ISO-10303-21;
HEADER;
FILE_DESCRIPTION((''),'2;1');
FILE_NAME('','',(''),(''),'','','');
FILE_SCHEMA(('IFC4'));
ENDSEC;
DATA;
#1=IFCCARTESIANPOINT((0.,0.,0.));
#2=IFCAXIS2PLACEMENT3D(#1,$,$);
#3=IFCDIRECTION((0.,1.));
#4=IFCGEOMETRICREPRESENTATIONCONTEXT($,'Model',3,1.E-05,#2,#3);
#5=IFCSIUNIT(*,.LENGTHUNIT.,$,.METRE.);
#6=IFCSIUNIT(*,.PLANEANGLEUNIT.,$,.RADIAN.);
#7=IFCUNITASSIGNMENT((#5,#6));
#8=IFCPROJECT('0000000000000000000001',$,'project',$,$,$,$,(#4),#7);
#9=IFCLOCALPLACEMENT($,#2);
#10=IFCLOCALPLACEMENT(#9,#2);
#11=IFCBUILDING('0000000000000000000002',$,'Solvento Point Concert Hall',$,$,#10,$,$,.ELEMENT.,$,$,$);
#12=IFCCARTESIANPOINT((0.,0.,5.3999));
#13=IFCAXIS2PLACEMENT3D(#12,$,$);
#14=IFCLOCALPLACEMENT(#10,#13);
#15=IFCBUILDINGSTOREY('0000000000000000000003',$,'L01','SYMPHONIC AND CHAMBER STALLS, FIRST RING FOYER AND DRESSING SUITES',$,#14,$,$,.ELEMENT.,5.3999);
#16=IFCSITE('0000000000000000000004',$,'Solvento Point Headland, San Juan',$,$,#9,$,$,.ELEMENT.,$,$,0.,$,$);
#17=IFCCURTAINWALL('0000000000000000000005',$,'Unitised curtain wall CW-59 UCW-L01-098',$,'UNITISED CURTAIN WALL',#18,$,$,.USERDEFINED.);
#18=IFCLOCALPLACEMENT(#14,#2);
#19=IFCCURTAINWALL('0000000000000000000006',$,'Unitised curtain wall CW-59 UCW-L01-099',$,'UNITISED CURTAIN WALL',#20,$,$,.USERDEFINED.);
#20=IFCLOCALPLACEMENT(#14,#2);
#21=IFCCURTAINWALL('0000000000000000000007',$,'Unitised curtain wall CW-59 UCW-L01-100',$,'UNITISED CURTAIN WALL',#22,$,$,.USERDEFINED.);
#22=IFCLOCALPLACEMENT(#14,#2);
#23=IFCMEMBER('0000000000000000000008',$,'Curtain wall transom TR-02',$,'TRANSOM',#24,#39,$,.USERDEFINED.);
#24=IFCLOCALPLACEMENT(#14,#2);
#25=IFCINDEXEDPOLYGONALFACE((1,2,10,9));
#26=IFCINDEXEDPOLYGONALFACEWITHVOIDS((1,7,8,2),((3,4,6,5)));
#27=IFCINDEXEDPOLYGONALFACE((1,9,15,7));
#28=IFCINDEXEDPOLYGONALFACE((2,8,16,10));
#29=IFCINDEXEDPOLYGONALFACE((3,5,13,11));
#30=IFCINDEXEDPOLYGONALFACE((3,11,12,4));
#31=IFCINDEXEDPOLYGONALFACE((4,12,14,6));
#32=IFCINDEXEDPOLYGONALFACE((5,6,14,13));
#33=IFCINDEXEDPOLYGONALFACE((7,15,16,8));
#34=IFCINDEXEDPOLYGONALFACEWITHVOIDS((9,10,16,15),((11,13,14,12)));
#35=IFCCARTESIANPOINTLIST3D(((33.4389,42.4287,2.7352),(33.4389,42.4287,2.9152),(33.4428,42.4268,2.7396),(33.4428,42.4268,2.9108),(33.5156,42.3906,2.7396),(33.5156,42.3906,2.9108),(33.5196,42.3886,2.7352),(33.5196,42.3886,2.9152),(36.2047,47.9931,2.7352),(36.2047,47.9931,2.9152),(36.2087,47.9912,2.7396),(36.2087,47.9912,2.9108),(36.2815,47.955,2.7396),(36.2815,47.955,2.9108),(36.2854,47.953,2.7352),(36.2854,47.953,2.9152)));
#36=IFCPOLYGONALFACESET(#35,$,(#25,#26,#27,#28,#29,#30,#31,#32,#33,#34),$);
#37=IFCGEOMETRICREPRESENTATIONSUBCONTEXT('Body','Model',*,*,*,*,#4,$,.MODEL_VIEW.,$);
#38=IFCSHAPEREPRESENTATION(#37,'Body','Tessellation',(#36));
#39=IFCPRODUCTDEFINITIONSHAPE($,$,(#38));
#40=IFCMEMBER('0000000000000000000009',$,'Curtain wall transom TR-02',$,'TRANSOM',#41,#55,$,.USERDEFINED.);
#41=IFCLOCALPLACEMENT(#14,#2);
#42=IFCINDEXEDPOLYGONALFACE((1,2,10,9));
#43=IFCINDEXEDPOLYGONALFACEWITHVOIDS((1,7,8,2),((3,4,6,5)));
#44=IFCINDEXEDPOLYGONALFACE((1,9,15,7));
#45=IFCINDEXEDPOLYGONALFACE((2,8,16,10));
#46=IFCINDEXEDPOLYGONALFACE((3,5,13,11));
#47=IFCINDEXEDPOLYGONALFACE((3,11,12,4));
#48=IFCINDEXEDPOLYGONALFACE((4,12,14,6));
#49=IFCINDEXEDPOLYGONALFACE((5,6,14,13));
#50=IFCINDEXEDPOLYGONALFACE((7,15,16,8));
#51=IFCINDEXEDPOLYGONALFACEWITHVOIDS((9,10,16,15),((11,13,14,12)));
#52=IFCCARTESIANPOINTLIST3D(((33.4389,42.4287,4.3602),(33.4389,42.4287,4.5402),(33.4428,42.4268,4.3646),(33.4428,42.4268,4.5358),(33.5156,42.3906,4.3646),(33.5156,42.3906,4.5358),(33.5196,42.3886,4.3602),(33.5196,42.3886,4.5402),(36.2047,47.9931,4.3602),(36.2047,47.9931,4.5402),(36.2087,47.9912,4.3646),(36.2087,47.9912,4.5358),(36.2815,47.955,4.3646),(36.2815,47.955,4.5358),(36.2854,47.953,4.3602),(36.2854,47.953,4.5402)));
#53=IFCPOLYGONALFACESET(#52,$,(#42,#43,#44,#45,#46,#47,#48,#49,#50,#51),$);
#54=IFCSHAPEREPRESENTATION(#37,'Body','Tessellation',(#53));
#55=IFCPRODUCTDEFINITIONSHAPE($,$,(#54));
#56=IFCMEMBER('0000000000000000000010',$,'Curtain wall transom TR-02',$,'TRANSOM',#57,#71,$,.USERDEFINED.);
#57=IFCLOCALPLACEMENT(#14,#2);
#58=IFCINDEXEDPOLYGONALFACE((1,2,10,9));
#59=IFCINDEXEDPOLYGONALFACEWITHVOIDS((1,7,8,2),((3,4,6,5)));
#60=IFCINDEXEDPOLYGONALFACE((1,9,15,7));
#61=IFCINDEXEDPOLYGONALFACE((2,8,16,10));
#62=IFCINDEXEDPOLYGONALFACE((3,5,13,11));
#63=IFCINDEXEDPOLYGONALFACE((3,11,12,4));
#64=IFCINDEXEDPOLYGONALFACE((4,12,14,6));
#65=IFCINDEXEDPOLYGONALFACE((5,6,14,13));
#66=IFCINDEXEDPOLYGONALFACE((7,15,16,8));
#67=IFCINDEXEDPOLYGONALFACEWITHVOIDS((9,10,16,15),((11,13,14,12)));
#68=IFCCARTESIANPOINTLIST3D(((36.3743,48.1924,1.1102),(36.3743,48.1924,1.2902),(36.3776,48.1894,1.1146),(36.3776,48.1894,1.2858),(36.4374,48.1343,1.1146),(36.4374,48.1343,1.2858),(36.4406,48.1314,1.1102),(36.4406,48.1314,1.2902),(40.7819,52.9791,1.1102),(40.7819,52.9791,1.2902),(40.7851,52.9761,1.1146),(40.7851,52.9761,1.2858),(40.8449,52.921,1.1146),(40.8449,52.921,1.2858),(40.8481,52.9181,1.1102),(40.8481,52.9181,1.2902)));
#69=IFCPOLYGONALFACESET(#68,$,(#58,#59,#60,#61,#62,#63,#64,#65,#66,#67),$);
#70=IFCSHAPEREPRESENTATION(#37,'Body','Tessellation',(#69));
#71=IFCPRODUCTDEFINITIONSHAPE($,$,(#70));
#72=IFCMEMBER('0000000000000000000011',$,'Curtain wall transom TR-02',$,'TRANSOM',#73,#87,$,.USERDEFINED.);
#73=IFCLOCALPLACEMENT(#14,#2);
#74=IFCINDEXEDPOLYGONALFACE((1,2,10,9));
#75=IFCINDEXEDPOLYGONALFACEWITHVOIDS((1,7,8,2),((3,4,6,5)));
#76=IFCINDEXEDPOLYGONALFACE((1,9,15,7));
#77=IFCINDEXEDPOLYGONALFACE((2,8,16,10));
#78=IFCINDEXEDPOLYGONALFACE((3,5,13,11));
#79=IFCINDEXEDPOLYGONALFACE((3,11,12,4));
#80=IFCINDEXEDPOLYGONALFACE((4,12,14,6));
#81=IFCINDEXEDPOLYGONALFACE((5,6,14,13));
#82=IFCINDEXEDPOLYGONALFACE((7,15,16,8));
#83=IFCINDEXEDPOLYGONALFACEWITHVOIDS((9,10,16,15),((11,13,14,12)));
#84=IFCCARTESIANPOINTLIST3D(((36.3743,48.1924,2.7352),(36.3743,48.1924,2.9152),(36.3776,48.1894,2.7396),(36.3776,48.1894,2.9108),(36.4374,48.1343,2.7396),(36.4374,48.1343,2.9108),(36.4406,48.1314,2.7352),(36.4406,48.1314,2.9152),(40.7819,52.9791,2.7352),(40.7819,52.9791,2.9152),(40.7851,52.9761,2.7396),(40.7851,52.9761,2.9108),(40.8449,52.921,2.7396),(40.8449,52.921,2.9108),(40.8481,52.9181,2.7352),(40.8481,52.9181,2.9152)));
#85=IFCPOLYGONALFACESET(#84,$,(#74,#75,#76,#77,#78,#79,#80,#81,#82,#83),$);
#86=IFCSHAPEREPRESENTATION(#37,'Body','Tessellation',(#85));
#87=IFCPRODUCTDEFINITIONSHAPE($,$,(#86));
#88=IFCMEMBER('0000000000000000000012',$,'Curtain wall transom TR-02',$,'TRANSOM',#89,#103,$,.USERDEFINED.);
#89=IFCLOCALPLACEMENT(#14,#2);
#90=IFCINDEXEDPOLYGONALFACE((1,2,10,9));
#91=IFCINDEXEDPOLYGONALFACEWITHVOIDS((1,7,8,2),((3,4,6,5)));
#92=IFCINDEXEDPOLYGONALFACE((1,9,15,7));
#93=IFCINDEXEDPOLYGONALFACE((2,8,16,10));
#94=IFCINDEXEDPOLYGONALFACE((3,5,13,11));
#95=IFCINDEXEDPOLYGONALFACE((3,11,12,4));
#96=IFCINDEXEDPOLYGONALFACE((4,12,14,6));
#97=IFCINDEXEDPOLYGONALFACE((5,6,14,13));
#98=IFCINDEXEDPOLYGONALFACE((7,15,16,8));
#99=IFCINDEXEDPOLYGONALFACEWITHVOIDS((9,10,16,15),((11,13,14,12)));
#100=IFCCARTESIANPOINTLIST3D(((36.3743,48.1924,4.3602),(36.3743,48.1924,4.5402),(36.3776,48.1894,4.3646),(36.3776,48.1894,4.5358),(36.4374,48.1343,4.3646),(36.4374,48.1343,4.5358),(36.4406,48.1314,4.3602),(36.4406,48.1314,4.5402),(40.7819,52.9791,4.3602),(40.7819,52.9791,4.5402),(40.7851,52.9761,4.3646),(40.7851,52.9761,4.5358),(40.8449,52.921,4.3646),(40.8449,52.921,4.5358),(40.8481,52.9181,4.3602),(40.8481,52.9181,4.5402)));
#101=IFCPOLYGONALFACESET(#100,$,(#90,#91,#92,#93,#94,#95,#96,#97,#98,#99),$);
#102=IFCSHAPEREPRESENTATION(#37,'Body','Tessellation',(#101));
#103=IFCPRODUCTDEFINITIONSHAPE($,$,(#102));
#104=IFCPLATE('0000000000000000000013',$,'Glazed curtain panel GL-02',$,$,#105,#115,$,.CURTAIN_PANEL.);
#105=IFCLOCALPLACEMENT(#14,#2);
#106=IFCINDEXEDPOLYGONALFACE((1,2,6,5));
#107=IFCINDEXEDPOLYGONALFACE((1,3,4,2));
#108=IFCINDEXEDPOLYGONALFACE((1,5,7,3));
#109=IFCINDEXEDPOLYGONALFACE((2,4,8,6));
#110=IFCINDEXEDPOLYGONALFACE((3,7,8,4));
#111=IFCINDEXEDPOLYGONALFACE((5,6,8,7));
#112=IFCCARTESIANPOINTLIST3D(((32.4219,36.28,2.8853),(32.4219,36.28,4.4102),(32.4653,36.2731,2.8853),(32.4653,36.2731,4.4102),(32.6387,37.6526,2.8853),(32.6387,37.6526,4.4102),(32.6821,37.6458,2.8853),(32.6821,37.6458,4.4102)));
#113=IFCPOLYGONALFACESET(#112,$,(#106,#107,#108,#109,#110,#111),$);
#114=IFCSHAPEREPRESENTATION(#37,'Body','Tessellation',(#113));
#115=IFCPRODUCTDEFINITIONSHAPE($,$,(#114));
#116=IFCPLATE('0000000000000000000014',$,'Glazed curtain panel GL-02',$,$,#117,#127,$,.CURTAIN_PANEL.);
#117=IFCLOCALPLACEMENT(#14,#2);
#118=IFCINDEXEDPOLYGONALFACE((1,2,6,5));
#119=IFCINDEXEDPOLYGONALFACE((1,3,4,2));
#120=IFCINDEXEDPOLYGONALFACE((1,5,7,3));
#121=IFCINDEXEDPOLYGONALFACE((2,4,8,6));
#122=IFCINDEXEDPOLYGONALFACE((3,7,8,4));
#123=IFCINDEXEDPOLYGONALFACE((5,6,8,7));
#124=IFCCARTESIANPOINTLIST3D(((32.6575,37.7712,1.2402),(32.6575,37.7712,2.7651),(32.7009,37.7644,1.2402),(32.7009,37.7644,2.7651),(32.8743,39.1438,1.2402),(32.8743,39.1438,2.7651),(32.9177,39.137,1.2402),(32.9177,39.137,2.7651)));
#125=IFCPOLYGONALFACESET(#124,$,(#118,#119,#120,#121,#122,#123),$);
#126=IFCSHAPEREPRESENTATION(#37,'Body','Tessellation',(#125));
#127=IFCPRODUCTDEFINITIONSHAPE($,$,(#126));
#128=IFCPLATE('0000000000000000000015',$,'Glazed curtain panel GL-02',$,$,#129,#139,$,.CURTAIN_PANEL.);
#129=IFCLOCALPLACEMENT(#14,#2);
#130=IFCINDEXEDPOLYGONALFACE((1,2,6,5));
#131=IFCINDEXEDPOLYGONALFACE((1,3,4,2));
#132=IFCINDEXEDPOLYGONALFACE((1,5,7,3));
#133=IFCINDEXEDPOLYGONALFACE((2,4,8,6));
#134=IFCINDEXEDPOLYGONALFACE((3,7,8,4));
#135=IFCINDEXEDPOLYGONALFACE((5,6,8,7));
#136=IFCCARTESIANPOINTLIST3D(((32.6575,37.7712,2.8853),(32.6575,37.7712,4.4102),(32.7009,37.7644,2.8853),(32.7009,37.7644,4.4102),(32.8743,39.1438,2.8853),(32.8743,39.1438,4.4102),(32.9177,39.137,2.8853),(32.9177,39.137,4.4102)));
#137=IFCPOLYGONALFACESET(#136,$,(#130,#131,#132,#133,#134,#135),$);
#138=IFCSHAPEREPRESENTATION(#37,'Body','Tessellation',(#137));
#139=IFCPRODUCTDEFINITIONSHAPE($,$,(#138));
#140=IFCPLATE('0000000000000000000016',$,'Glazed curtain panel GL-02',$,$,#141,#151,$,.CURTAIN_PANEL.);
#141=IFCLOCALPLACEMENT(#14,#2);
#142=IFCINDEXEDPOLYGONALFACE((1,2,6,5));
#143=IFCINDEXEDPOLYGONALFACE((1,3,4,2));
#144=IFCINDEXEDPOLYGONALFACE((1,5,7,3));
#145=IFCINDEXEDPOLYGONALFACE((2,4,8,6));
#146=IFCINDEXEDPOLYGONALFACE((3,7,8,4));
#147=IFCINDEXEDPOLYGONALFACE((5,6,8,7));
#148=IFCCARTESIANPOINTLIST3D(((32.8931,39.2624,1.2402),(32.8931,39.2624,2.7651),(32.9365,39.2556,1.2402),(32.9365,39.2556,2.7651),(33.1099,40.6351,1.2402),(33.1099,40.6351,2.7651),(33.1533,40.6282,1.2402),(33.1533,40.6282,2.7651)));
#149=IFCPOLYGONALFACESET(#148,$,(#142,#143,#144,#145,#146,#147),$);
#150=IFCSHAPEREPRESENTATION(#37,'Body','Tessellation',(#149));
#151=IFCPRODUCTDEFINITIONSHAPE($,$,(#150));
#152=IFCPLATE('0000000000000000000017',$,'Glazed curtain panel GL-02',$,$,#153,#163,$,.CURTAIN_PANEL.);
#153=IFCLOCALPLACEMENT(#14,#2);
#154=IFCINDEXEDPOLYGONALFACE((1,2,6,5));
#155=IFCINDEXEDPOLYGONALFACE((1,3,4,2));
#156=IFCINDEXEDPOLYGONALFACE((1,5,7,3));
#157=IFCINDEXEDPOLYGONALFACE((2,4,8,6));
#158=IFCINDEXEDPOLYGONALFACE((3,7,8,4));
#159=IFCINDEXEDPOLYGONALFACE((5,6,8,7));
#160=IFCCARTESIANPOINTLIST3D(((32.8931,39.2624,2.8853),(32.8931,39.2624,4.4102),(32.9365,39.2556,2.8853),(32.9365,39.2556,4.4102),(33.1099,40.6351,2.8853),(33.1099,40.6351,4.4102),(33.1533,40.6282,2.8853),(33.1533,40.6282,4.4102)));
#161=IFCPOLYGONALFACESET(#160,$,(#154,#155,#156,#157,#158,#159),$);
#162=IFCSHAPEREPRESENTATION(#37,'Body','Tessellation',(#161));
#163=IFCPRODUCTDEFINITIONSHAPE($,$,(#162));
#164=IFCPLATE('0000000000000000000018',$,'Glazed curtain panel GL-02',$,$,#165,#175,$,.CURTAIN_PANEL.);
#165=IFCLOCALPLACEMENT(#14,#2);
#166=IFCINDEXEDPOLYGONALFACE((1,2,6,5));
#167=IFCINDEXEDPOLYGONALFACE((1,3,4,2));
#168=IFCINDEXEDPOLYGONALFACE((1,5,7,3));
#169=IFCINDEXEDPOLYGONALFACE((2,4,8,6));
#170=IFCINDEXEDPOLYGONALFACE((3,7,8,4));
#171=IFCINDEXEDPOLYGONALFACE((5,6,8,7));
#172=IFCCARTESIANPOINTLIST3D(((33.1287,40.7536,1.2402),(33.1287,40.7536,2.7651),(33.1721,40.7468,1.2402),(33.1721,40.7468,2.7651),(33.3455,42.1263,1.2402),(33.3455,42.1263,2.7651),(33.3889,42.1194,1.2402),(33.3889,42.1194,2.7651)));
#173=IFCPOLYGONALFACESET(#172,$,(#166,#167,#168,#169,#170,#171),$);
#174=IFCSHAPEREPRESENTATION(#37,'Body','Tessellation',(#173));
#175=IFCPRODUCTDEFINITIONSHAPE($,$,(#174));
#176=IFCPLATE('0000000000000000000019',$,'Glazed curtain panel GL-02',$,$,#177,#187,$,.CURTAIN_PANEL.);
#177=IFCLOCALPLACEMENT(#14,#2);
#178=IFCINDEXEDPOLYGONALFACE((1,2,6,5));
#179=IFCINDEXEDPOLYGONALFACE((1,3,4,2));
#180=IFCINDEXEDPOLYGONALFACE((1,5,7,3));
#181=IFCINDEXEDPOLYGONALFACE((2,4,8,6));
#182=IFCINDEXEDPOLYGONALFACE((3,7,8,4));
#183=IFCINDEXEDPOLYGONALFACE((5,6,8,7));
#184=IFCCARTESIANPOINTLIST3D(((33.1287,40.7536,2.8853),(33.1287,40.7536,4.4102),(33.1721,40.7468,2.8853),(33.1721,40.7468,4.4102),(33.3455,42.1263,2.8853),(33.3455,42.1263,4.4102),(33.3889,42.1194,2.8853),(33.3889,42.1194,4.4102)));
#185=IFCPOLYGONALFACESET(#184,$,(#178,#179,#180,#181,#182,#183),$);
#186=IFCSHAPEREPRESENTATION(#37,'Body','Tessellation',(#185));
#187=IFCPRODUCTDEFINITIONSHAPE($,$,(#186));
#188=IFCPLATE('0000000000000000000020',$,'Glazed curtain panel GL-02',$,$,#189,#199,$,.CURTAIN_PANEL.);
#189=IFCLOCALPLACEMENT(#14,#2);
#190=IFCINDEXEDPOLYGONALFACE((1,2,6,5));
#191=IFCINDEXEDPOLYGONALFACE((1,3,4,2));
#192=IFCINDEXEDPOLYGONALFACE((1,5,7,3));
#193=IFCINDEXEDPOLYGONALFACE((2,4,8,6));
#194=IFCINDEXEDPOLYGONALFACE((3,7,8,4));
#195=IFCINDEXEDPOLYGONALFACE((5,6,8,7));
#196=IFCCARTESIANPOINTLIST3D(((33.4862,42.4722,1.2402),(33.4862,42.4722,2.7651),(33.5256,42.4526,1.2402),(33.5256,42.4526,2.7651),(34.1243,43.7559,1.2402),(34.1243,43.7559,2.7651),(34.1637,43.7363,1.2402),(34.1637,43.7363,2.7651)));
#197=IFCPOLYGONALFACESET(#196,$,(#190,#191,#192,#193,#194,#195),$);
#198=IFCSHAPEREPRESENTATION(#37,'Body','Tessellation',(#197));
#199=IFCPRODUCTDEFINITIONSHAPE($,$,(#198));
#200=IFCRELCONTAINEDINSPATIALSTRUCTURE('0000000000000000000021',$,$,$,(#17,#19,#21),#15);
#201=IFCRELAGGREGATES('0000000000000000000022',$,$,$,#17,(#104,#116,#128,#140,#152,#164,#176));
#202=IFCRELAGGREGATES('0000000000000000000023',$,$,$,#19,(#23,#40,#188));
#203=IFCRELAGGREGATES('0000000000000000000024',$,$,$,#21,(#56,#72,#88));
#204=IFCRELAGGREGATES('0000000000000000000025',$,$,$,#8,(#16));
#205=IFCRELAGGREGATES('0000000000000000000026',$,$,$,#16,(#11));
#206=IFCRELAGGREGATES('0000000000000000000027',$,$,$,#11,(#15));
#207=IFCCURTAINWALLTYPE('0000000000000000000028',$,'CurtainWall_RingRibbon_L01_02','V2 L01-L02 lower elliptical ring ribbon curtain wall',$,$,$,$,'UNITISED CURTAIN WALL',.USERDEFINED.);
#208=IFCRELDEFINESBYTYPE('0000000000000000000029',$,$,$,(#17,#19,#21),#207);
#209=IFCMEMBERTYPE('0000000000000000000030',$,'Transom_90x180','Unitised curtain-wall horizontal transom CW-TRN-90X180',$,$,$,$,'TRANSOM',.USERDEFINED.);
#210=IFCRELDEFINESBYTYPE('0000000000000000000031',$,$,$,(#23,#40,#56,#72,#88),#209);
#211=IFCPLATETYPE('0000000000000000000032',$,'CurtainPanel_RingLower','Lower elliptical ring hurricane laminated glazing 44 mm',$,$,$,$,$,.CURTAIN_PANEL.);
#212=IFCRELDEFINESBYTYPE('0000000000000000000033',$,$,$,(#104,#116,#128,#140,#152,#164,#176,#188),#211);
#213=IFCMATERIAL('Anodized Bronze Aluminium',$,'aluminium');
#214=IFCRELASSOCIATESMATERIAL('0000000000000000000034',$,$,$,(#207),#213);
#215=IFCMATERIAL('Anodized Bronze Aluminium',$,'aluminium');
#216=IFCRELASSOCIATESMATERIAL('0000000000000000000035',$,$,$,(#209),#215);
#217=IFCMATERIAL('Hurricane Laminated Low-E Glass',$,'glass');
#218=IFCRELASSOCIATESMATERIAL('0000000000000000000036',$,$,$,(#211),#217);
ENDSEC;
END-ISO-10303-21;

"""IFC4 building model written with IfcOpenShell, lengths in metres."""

from ifc_helpers import new_model, si_unit, direction, frame, origin, origin_2d, place, context, subcontext, project, spatial, rectangle, hollow_rectangle, extrude, material, material_profile, profile_set, type_object, element, aggregate, save


model = new_model("IFC4")

# Units and contexts
model_context = context("Model", 3, precision=1e-05, world=origin(), true_north=direction((0.0, 1.0)))
body_context = subcontext(model_context, "Body", "Model", "MODEL_VIEW")
ifc_project = project(units=[si_unit("LENGTHUNIT", "METRE"), si_unit("PLANEANGLEUNIT", "RADIAN")], contexts=[model_context])

# Site, building, storey
site_placement = place(None, origin())
site = spatial("IfcSite", under=ifc_project, at=site_placement, Name="Solvento Point Headland, San Juan", CompositionType="ELEMENT", RefElevation=0.0)
building_placement = place(site_placement, origin())
building = spatial("IfcBuilding", under=site, at=building_placement, Name="Solvento Point Concert Hall", CompositionType="ELEMENT")
storey_placement = place(building_placement, frame((0.0, 0.0, 5.3999)))
storey = spatial("IfcBuildingStorey", under=building, at=storey_placement, Name="L01", Description="SYMPHONIC AND CHAMBER STALLS, FIRST RING FOYER AND DRESSING SUITES", CompositionType="ELEMENT", Elevation=5.3999)

# Curtain walls
ifc_material_1 = material(Name="Anodized Bronze Aluminium", Category="aluminium")
curtain_wall_type = type_object("IfcCurtainWallType", Name="CurtainWall_RingRibbon_L01_02", Description="V2 L01-L02 lower elliptical ring ribbon curtain wall", ElementType="UNITISED CURTAIN WALL", PredefinedType="USERDEFINED", material=ifc_material_1)
curtain_wall_1_placement = place(storey_placement, origin())
curtain_wall_1 = element("IfcCurtainWall", 1, at=curtain_wall_1_placement, inside=storey, type_object=curtain_wall_type, Name="Unitised curtain wall CW-59 UCW-L01-098", ObjectType="UNITISED CURTAIN WALL", PredefinedType="USERDEFINED")
curtain_wall_2_placement = place(storey_placement, origin())
curtain_wall_2 = element("IfcCurtainWall", 2, at=curtain_wall_2_placement, inside=storey, type_object=curtain_wall_type, Name="Unitised curtain wall CW-59 UCW-L01-099", ObjectType="UNITISED CURTAIN WALL", PredefinedType="USERDEFINED")

# Curtain wall
curtain_wall_3_placement = place(storey_placement, origin())
curtain_wall_3 = element("IfcCurtainWall", 3, at=curtain_wall_3_placement, inside=storey, type_object=curtain_wall_type, Name="Unitised curtain wall CW-59 UCW-L01-100", ObjectType="UNITISED CURTAIN WALL", PredefinedType="USERDEFINED")

# Members
ifc_material_2 = material(Name="Anodized Bronze Aluminium", Category="aluminium")
ifc_material_profile_1 = material_profile(ifc_material_2, hollow_rectangle(XDim=0.0901, YDim=0.1799, WallThickness=0.0044, at=origin_2d()), Name="CW-TRN-90X180")
ifc_profile_set_1 = profile_set([ifc_material_profile_1], Name="Anodized Bronze Aluminium")
member_type_1 = type_object("IfcMemberType", Name="Transom_90x180", Description="Unitised curtain-wall horizontal transom CW-TRN-90X180", ElementType="TRANSOM", PredefinedType="USERDEFINED", material=ifc_profile_set_1)
member_1_placement = place(storey_placement, frame((33.4792, 42.4087, 2.8252), z_axis=(0.445106, 0.895478, 0.0), x_axis=(-0.895478, 0.445106, 0.0)))
member_1 = element("IfcMember", 4, at=member_1_placement, type_object=member_type_1, Name="Curtain wall transom TR-02", ObjectType="TRANSOM", PredefinedType="USERDEFINED", context=body_context, shape_type="SweptSolid", body=[
    extrude(hollow_rectangle(XDim=0.0901, YDim=0.1799, WallThickness=0.0044, at=origin_2d()), origin(), (0.0, 0.0, 1.0), 6.2139),
])
member_2_placement = place(storey_placement, frame((33.4792, 42.4087, 4.4502), z_axis=(0.445106, 0.895478, 0.0), x_axis=(-0.895478, 0.445106, 0.0)))
member_2 = element("IfcMember", 5, at=member_2_placement, type_object=member_type_1, Name="Curtain wall transom TR-02", ObjectType="TRANSOM", PredefinedType="USERDEFINED", context=body_context, shape_type="SweptSolid", body=[
    extrude(hollow_rectangle(XDim=0.0901, YDim=0.1799, WallThickness=0.0044, at=origin_2d()), origin(), (0.0, 0.0, 1.0), 6.2139),
])
member_3_placement = place(storey_placement, frame((36.4075, 48.1619, 1.2002), z_axis=(0.677371, 0.735642, 0.0), x_axis=(-0.735642, 0.677371, 0.0)))
member_3 = element("IfcMember", 6, at=member_3_placement, type_object=member_type_1, Name="Curtain wall transom TR-02", ObjectType="TRANSOM", PredefinedType="USERDEFINED", context=body_context, shape_type="SweptSolid", body=[
    extrude(hollow_rectangle(XDim=0.0901, YDim=0.1799, WallThickness=0.0044, at=origin_2d()), origin(), (0.0, 0.0, 1.0), 6.5068),
])
member_4_placement = place(storey_placement, frame((36.4075, 48.1619, 2.8252), z_axis=(0.677371, 0.735642, 0.0), x_axis=(-0.735642, 0.677371, 0.0)))
member_4 = element("IfcMember", 7, at=member_4_placement, type_object=member_type_1, Name="Curtain wall transom TR-02", ObjectType="TRANSOM", PredefinedType="USERDEFINED", context=body_context, shape_type="SweptSolid", body=[
    extrude(hollow_rectangle(XDim=0.0901, YDim=0.1799, WallThickness=0.0044, at=origin_2d()), origin(), (0.0, 0.0, 1.0), 6.5068),
])
member_5_placement = place(storey_placement, frame((36.4075, 48.1619, 4.4502), z_axis=(0.677371, 0.735642, 0.0), x_axis=(-0.735642, 0.677371, 0.0)))
member_5 = element("IfcMember", 8, at=member_5_placement, type_object=member_type_1, Name="Curtain wall transom TR-02", ObjectType="TRANSOM", PredefinedType="USERDEFINED", context=body_context, shape_type="SweptSolid", body=[
    extrude(hollow_rectangle(XDim=0.0901, YDim=0.1799, WallThickness=0.0044, at=origin_2d()), origin(), (0.0, 0.0, 1.0), 6.5068),
])

# Plates
ifc_material_3 = material(Name="Hurricane Laminated Low-E Glass", Category="glass")
plate_type = type_object("IfcPlateType", Name="CurtainPanel_RingLower", Description="Lower elliptical ring hurricane laminated glazing 44 mm", PredefinedType="CURTAIN_PANEL", material=ifc_material_3)
plate_1_placement = place(storey_placement, frame((32.552, 36.9629, 2.8853), z_axis=(0.0, 0.0, 1.0), x_axis=(0.156041, 0.987751, 0.0)))
plate_1 = element("IfcPlate", 9, at=plate_1_placement, type_object=plate_type, Name="Glazed curtain panel GL-02", PredefinedType="CURTAIN_PANEL", context=body_context, shape_type="SweptSolid", body=[
    extrude(rectangle(XDim=1.3896, YDim=0.0439, at=origin_2d()), origin(), (0.0, 0.0, 1.0), 1.5249),
])
plate_2_placement = place(storey_placement, frame((32.7876, 38.4541, 1.2402), z_axis=(0.0, 0.0, 1.0), x_axis=(0.156041, 0.987751, 0.0)))
plate_2 = element("IfcPlate", 10, at=plate_2_placement, type_object=plate_type, Name="Glazed curtain panel GL-02", PredefinedType="CURTAIN_PANEL", context=body_context, shape_type="SweptSolid", body=[
    extrude(rectangle(XDim=1.3896, YDim=0.0439, at=origin_2d()), origin(), (0.0, 0.0, 1.0), 1.5249),
])
plate_3_placement = place(storey_placement, frame((32.7876, 38.4541, 2.8853), z_axis=(0.0, 0.0, 1.0), x_axis=(0.156041, 0.987751, 0.0)))
plate_3 = element("IfcPlate", 11, at=plate_3_placement, type_object=plate_type, Name="Glazed curtain panel GL-02", PredefinedType="CURTAIN_PANEL", context=body_context, shape_type="SweptSolid", body=[
    extrude(rectangle(XDim=1.3896, YDim=0.0439, at=origin_2d()), origin(), (0.0, 0.0, 1.0), 1.5249),
])
plate_4_placement = place(storey_placement, frame((33.0232, 39.9453, 1.2402), z_axis=(0.0, 0.0, 1.0), x_axis=(0.156041, 0.987751, 0.0)))
plate_4 = element("IfcPlate", 12, at=plate_4_placement, type_object=plate_type, Name="Glazed curtain panel GL-02", PredefinedType="CURTAIN_PANEL", context=body_context, shape_type="SweptSolid", body=[
    extrude(rectangle(XDim=1.3896, YDim=0.0439, at=origin_2d()), origin(), (0.0, 0.0, 1.0), 1.5249),
])
plate_5_placement = place(storey_placement, frame((33.0232, 39.9453, 2.8853), z_axis=(0.0, 0.0, 1.0), x_axis=(0.156041, 0.987751, 0.0)))
plate_5 = element("IfcPlate", 13, at=plate_5_placement, type_object=plate_type, Name="Glazed curtain panel GL-02", PredefinedType="CURTAIN_PANEL", context=body_context, shape_type="SweptSolid", body=[
    extrude(rectangle(XDim=1.3896, YDim=0.0439, at=origin_2d()), origin(), (0.0, 0.0, 1.0), 1.5249),
])
plate_6_placement = place(storey_placement, frame((33.2588, 41.4365, 1.2402), z_axis=(0.0, 0.0, 1.0), x_axis=(0.156041, 0.987751, 0.0)))
plate_6 = element("IfcPlate", 14, at=plate_6_placement, type_object=plate_type, Name="Glazed curtain panel GL-02", PredefinedType="CURTAIN_PANEL", context=body_context, shape_type="SweptSolid", body=[
    extrude(rectangle(XDim=1.3896, YDim=0.0439, at=origin_2d()), origin(), (0.0, 0.0, 1.0), 1.5249),
])
plate_7_placement = place(storey_placement, frame((33.2588, 41.4365, 2.8853), z_axis=(0.0, 0.0, 1.0), x_axis=(0.156041, 0.987751, 0.0)))
plate_7 = element("IfcPlate", 15, at=plate_7_placement, type_object=plate_type, Name="Glazed curtain panel GL-02", PredefinedType="CURTAIN_PANEL", context=body_context, shape_type="SweptSolid", body=[
    extrude(rectangle(XDim=1.3896, YDim=0.0439, at=origin_2d()), origin(), (0.0, 0.0, 1.0), 1.5249),
])
aggregate(curtain_wall_1, [plate_1, plate_2, plate_3, plate_4, plate_5, plate_6, plate_7])
plate_8_placement = place(storey_placement, frame((33.825, 43.1042, 1.2402), z_axis=(0.0, 0.0, 1.0), x_axis=(0.445115, 0.895473, 0.0)))
plate_8 = element("IfcPlate", 16, at=plate_8_placement, type_object=plate_type, Name="Glazed curtain panel GL-02", PredefinedType="CURTAIN_PANEL", context=body_context, shape_type="SweptSolid", body=[
    extrude(rectangle(XDim=1.4336, YDim=0.0439, at=origin_2d()), origin(), (0.0, 0.0, 1.0), 1.5249),
])
aggregate(curtain_wall_2, [member_1, member_2, plate_8])
aggregate(curtain_wall_3, [member_3, member_4, member_5])

save(model, "model.ifc")
